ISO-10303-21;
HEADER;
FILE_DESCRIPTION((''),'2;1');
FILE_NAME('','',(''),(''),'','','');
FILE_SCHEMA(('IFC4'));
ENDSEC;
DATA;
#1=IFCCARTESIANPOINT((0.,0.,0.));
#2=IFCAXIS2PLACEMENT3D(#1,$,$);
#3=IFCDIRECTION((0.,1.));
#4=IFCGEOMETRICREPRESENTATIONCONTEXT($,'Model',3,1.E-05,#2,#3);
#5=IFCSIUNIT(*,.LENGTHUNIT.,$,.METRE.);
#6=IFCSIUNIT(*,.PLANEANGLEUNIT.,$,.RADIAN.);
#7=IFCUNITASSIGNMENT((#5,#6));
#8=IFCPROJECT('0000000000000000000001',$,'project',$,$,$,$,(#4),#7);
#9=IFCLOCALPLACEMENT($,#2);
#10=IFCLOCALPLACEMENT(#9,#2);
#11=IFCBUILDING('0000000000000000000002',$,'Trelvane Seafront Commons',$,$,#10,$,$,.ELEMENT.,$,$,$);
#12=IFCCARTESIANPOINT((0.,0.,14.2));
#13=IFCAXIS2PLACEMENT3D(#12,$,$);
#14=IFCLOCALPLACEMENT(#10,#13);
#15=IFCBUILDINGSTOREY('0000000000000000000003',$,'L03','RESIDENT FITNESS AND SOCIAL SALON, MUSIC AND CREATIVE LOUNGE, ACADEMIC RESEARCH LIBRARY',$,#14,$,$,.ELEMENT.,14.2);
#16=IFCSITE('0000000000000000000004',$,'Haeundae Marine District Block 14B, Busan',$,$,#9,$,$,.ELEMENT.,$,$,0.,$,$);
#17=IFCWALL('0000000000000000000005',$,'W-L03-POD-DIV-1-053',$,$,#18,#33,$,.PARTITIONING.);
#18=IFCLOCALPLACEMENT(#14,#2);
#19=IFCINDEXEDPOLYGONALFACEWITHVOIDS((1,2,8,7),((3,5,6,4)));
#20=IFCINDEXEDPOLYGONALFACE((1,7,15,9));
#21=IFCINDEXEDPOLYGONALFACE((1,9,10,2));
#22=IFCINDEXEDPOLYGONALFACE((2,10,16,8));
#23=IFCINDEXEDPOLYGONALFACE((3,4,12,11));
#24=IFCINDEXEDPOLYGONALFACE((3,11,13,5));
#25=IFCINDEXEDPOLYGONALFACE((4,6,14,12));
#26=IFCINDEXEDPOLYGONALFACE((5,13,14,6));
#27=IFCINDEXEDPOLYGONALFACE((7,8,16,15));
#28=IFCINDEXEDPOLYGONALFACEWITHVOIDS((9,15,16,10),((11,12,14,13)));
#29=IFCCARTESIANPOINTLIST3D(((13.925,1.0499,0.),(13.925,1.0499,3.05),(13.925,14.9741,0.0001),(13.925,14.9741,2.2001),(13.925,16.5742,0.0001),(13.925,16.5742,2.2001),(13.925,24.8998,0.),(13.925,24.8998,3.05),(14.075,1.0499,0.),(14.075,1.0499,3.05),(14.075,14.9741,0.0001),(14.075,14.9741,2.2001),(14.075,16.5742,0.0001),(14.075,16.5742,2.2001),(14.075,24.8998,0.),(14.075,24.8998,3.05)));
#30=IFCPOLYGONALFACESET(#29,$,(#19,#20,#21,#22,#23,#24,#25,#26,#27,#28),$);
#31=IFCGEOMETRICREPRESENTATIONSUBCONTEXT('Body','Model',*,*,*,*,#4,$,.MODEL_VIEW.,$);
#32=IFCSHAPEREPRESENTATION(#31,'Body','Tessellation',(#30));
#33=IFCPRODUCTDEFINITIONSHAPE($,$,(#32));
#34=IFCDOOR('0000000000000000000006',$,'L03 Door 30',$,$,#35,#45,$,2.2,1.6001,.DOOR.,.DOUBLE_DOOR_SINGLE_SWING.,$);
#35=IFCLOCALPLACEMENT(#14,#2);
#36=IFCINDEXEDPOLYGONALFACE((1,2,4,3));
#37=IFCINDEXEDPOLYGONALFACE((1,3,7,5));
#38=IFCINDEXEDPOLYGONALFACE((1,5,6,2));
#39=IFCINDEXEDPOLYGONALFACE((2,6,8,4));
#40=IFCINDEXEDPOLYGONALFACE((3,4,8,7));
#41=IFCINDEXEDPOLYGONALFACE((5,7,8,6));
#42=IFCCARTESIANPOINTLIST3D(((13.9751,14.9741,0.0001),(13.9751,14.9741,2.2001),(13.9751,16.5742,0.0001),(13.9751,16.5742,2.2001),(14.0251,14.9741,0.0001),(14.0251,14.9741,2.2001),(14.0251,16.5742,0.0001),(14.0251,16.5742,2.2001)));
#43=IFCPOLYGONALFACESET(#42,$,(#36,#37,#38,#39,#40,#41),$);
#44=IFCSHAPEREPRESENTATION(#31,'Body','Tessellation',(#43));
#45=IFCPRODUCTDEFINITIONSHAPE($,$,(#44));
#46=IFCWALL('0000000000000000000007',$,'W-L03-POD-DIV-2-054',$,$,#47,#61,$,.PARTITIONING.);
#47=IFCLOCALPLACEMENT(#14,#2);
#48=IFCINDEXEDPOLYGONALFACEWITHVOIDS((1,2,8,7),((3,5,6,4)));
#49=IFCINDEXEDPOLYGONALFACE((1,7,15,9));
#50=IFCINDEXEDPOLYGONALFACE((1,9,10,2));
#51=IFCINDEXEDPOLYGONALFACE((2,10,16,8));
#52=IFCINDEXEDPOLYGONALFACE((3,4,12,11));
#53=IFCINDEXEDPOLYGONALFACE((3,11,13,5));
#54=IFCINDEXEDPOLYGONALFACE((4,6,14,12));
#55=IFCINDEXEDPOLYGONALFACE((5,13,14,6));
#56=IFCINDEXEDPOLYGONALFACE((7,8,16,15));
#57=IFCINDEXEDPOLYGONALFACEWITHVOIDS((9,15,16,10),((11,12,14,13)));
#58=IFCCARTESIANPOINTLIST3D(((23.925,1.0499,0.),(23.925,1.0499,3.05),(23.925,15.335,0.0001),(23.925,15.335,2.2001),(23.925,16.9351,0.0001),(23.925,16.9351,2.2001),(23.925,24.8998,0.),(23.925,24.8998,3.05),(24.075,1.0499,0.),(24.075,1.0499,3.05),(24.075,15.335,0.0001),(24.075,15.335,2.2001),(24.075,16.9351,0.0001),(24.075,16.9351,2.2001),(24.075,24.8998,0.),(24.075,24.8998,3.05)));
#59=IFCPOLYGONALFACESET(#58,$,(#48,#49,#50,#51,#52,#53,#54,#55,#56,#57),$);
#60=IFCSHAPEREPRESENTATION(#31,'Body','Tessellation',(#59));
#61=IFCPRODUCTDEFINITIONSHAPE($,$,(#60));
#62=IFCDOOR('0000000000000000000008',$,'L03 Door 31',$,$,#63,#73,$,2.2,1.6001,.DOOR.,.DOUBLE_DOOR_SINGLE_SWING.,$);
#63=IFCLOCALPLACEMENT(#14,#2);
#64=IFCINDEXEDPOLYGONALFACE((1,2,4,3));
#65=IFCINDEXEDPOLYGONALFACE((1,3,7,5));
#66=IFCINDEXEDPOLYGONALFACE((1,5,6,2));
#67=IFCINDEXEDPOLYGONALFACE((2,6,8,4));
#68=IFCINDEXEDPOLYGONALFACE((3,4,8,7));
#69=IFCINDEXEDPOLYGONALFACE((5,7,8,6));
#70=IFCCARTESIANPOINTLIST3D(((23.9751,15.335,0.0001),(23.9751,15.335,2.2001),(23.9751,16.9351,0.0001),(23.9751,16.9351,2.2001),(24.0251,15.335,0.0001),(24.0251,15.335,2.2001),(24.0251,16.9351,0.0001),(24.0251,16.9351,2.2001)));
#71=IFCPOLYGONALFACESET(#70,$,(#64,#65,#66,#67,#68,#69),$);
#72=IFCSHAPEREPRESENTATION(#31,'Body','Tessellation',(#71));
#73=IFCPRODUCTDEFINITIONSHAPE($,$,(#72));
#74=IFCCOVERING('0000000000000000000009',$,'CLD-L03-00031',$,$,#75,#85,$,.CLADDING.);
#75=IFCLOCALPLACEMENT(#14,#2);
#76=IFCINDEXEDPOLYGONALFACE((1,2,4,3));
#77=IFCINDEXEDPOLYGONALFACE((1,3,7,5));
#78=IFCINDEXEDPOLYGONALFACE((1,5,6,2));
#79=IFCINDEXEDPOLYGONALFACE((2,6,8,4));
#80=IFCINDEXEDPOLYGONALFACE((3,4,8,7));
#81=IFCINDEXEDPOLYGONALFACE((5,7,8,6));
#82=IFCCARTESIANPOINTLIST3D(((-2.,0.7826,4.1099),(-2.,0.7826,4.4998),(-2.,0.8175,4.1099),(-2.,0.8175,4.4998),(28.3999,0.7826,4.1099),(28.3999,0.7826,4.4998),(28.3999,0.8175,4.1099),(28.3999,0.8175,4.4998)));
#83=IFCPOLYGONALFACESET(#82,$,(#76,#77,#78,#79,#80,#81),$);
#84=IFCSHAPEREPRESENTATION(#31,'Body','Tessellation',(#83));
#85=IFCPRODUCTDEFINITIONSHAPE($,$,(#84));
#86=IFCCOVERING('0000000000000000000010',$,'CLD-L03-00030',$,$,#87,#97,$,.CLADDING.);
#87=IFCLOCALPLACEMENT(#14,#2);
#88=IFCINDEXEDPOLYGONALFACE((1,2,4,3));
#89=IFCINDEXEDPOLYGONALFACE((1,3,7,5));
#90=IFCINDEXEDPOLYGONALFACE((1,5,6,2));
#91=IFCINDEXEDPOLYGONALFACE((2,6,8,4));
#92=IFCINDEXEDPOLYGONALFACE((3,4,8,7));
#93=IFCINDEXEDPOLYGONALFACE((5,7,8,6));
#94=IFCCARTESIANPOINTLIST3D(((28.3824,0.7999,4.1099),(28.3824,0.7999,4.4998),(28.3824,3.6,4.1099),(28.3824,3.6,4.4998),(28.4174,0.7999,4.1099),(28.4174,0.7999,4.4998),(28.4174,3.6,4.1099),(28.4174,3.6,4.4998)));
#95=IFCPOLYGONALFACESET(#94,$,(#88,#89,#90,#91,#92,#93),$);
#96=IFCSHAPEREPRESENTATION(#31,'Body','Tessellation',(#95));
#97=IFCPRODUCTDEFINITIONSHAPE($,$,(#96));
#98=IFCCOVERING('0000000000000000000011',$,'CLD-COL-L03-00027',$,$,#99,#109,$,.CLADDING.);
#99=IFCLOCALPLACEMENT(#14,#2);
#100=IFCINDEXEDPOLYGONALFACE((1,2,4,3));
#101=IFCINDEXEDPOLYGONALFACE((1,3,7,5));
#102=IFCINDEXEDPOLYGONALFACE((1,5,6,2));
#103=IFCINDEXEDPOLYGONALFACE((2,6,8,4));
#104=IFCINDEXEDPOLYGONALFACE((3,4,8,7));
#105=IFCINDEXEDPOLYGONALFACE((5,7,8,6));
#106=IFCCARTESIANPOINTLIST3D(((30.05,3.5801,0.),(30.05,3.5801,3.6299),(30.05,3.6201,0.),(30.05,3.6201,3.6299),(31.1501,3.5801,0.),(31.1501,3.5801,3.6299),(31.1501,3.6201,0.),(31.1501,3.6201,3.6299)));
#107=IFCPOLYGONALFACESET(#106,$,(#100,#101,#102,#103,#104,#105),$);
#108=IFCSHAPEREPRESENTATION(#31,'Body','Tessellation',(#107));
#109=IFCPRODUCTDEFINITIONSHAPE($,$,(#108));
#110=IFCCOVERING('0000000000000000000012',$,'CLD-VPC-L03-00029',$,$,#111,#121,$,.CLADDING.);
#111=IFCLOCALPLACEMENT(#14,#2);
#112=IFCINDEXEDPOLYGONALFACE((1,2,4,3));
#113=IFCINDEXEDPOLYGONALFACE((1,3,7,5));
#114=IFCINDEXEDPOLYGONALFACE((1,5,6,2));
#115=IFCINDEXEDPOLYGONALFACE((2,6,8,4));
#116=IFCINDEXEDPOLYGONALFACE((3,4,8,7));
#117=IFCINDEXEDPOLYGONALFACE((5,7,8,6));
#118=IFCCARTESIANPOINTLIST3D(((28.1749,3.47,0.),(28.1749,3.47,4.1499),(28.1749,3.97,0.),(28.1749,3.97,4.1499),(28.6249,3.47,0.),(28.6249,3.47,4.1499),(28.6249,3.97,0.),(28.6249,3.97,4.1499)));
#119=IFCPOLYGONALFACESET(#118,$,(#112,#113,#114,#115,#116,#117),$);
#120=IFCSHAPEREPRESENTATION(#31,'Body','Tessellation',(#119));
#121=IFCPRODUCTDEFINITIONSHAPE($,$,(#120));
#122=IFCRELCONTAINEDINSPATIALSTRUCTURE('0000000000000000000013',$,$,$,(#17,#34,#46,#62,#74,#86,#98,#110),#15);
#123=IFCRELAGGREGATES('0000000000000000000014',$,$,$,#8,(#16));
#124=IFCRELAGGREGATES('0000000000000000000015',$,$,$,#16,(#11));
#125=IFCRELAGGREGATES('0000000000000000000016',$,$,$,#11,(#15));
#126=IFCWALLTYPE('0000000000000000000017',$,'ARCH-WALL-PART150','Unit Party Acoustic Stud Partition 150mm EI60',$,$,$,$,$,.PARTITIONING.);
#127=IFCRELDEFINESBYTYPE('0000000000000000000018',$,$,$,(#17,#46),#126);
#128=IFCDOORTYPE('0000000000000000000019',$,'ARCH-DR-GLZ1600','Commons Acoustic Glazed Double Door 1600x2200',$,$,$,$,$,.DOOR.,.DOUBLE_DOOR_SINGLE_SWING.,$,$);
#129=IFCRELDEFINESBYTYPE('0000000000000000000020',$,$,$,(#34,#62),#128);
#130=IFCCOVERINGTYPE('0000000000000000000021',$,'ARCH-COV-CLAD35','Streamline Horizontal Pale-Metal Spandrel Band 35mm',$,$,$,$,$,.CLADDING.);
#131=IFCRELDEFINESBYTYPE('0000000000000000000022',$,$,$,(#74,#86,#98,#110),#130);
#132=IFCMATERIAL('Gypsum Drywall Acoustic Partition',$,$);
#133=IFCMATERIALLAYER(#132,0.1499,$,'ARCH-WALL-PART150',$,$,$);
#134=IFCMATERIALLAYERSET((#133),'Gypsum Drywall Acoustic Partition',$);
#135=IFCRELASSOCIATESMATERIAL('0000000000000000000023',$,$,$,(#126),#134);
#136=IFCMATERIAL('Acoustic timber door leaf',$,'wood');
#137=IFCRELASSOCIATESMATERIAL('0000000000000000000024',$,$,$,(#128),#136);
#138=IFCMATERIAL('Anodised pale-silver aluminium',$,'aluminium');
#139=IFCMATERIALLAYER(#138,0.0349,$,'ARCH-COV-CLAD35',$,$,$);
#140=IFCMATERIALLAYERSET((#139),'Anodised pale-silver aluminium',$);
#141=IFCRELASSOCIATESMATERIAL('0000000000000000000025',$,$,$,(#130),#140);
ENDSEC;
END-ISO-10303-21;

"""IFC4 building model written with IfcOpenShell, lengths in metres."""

from ifc_helpers import new_model, si_unit, direction, frame, frame_2d, origin, origin_2d, place, context, subcontext, project, spatial, rectangle, extrude, source, transform, mapped, material, layer, layer_set, type_object, element, fill, save


model = new_model("IFC4")

# Units and contexts
model_context = context("Model", 3, precision=1e-05, world=origin(), true_north=direction((0.0, 1.0)))
body_context = subcontext(model_context, "Body", "Model", "MODEL_VIEW")
ifc_project = project(units=[si_unit("LENGTHUNIT", "METRE"), si_unit("PLANEANGLEUNIT", "RADIAN")], contexts=[model_context])

# Site, building, storey
site_placement = place(None, origin())
site = spatial("IfcSite", under=ifc_project, at=site_placement, Name="Haeundae Marine District Block 14B, Busan", CompositionType="ELEMENT", RefElevation=0.0)
building_placement = place(site_placement, origin())
building = spatial("IfcBuilding", under=site, at=building_placement, Name="Trelvane Seafront Commons", CompositionType="ELEMENT")
storey_placement = place(building_placement, frame((0.0, 0.0, 14.2)))
storey = spatial("IfcBuildingStorey", under=building, at=storey_placement, Name="L03", Description="RESIDENT FITNESS AND SOCIAL SALON, MUSIC AND CREATIVE LOUNGE, ACADEMIC RESEARCH LIBRARY", CompositionType="ELEMENT", Elevation=14.2)

# Shared definitions
ifc_material_1 = material(Name="Anodised pale-silver aluminium", Category="aluminium")

# Walls, openings, doors
ifc_material_2 = material(Name="Gypsum Drywall Acoustic Partition")
ifc_layer_1 = layer(ifc_material_2, 0.1499, Name="ARCH-WALL-PART150")
ifc_layer_set_1 = layer_set([ifc_layer_1], Name="Gypsum Drywall Acoustic Partition")
wall_type_1 = type_object("IfcWallType", Name="ARCH-WALL-PART150", Description="Unit Party Acoustic Stud Partition 150mm EI60", PredefinedType="PARTITIONING", material=ifc_layer_set_1)
wall_1_placement = place(storey_placement, frame((14.0, 1.05, 0.0), z_axis=(0.0, 0.0, 1.0), x_axis=(0.0, 1.0, 0.0)))
wall_1 = element("IfcWall", 1, at=wall_1_placement, inside=storey, type_object=wall_type_1, Name="W-L03-POD-DIV-1-053", PredefinedType="PARTITIONING", context=body_context, shape_type="SweptSolid", body=[
    extrude(rectangle(XDim=23.8499, YDim=0.1499, at=frame_2d((11.9248, 0.0))), origin(), (0.0, 0.0, 1.0), 3.05),
])
opening_1_placement = place(wall_1_placement, frame((13.9241, 0.0, 0.0)))
opening_1 = element("IfcOpeningElement", 2, at=opening_1_placement, cuts=wall_1, PredefinedType="OPENING", context=body_context, shape_type="SweptSolid", body=[
    extrude(rectangle(XDim=1.6001, YDim=2.2, at=frame_2d((0.8, 1.1001))), frame((0.0, 0.085, 0.0), z_axis=(0.0, -1.0, 0.0), x_axis=(1.0, 0.0, 0.0)), (0.0, 0.0, 1.0), 0.1699),
])
ifc_material_3 = material(Name="Acoustic timber door leaf", Category="wood")
door_type = type_object("IfcDoorType", Name="ARCH-DR-GLZ1600", Description="Commons Acoustic Glazed Double Door 1600x2200", OperationType="DOUBLE_DOOR_SINGLE_SWING", PredefinedType="DOOR", material=ifc_material_3)
shared_shape_1 = source(origin(), body_context, "Body", "SweptSolid", [
    extrude(rectangle(XDim=1.6001, YDim=2.2, at=frame_2d((0.8, 1.1001))), frame((0.0, 0.0249, 0.0), z_axis=(0.0, -1.0, 0.0), x_axis=(1.0, 0.0, 0.0)), (0.0, 0.0, 1.0), 0.05),
])
door_1_placement = place(opening_1_placement, origin())
door_1 = element("IfcDoor", 3, at=door_1_placement, inside=storey, type_object=door_type, Name="L03 Door 30", OperationType="DOUBLE_DOOR_SINGLE_SWING", OverallHeight=2.2, OverallWidth=1.6001, PredefinedType="DOOR", context=body_context, shape_type="MappedRepresentation", body=[
    mapped(shared_shape_1, transform((0.0, 0.0, 0.0), x_axis=(1.0, 0.0, 0.0), y_axis=(0.0, 1.0, 0.0), z_axis=(0.0, 0.0, 1.0), scale=1.0)),
])
fill(opening_1, door_1)
wall_2_placement = place(storey_placement, frame((24.0, 1.05, 0.0), z_axis=(0.0, 0.0, 1.0), x_axis=(0.0, 1.0, 0.0)))
wall_2 = element("IfcWall", 4, at=wall_2_placement, inside=storey, type_object=wall_type_1, Name="W-L03-POD-DIV-2-054", PredefinedType="PARTITIONING", context=body_context, shape_type="SweptSolid", body=[
    extrude(rectangle(XDim=23.8499, YDim=0.1499, at=frame_2d((11.9248, 0.0))), origin(), (0.0, 0.0, 1.0), 3.05),
])
opening_2_placement = place(wall_2_placement, frame((14.2849, 0.0, 0.0)))
opening_2 = element("IfcOpeningElement", 5, at=opening_2_placement, cuts=wall_2, PredefinedType="OPENING", context=body_context, shape_type="SweptSolid", body=[
    extrude(rectangle(XDim=1.6001, YDim=2.2, at=frame_2d((0.8, 1.1001))), frame((0.0, 0.085, 0.0), z_axis=(0.0, -1.0, 0.0), x_axis=(1.0, 0.0, 0.0)), (0.0, 0.0, 1.0), 0.1699),
])
door_2_placement = place(opening_2_placement, origin())
door_2 = element("IfcDoor", 6, at=door_2_placement, inside=storey, type_object=door_type, Name="L03 Door 31", OperationType="DOUBLE_DOOR_SINGLE_SWING", OverallHeight=2.2, OverallWidth=1.6001, PredefinedType="DOOR", context=body_context, shape_type="MappedRepresentation", body=[
    mapped(shared_shape_1, transform((0.0, 0.0, 0.0), x_axis=(1.0, 0.0, 0.0), y_axis=(0.0, 1.0, 0.0), z_axis=(0.0, 0.0, 1.0), scale=1.0)),
])
fill(opening_2, door_2)

# Coverings
ifc_layer_2 = layer(ifc_material_1, 0.0349, Name="ARCH-COV-CLAD35")
ifc_layer_set_2 = layer_set([ifc_layer_2], Name="Anodised pale-silver aluminium")
covering_type = type_object("IfcCoveringType", Name="ARCH-COV-CLAD35", Description="Streamline Horizontal Pale-Metal Spandrel Band 35mm", PredefinedType="CLADDING", material=ifc_layer_set_2)
shared_shape_2 = source(origin(), body_context, "Body", "SweptSolid", [
    extrude(rectangle(XDim=30.3999, YDim=0.0349, at=origin_2d()), origin(), (0.0, 0.0, 1.0), 0.3899),
])
covering_1_placement = place(storey_placement, frame((13.2, 0.8, 4.1099), z_axis=(0.0, 0.0, 1.0), x_axis=(-1.0, 0.0, 0.0)))
element("IfcCovering", 7, at=covering_1_placement, inside=storey, type_object=covering_type, Name="CLD-L03-00031", PredefinedType="CLADDING", context=body_context, shape_type="MappedRepresentation", body=[
    mapped(shared_shape_2, transform((0.0, 0.0, 0.0), x_axis=(1.0, 0.0, 0.0), y_axis=(0.0, 1.0, 0.0), z_axis=(0.0, 0.0, 1.0), scale=1.0)),
])
shared_shape_3 = source(origin(), body_context, "Body", "SweptSolid", [
    extrude(rectangle(XDim=2.8, YDim=0.0349, at=origin_2d()), origin(), (0.0, 0.0, 1.0), 0.3899),
])
covering_2_placement = place(storey_placement, frame((28.3999, 2.2, 4.1099), z_axis=(0.0, 0.0, 1.0), x_axis=(0.0, -1.0, 0.0)))
element("IfcCovering", 8, at=covering_2_placement, inside=storey, type_object=covering_type, Name="CLD-L03-00030", PredefinedType="CLADDING", context=body_context, shape_type="MappedRepresentation", body=[
    mapped(shared_shape_3, transform((0.0, 0.0, 0.0), x_axis=(1.0, 0.0, 0.0), y_axis=(0.0, 1.0, 0.0), z_axis=(0.0, 0.0, 1.0), scale=1.0)),
])
shared_shape_4 = source(origin(), body_context, "Body", "SweptSolid", [
    extrude(rectangle(XDim=1.1001, YDim=0.04, at=origin_2d()), origin(), (0.0, 0.0, 1.0), 3.6299),
])
covering_3_placement = place(storey_placement, frame((30.6001, 3.6001, 0.0), z_axis=(0.0, 0.0, 1.0), x_axis=(-1.0, 0.0, 0.0)))
element("IfcCovering", 9, at=covering_3_placement, inside=storey, type_object=covering_type, Name="CLD-COL-L03-00027", PredefinedType="CLADDING", context=body_context, shape_type="MappedRepresentation", body=[
    mapped(shared_shape_4, transform((0.0, 0.0, 0.0), x_axis=(1.0, 0.0, 0.0), y_axis=(0.0, 1.0, 0.0), z_axis=(0.0, 0.0, 1.0), scale=1.0)),
])
shared_shape_5 = source(origin(), body_context, "Body", "SweptSolid", [
    extrude(rectangle(XDim=0.45, YDim=0.5, at=origin_2d()), origin(), (0.0, 0.0, 1.0), 4.1499),
])
covering_4_placement = place(storey_placement, frame((28.3999, 3.72, 0.0), z_axis=(0.0, 0.0, 1.0), x_axis=(1.0, 0.0, 0.0)))
element("IfcCovering", 10, at=covering_4_placement, inside=storey, type_object=covering_type, Name="CLD-VPC-L03-00029", PredefinedType="CLADDING", context=body_context, shape_type="MappedRepresentation", body=[
    mapped(shared_shape_5, transform((0.0, 0.0, 0.0), x_axis=(1.0, 0.0, 0.0), y_axis=(0.0, 1.0, 0.0), z_axis=(0.0, 0.0, 1.0), scale=1.0)),
])

save(model, "model.ifc")
